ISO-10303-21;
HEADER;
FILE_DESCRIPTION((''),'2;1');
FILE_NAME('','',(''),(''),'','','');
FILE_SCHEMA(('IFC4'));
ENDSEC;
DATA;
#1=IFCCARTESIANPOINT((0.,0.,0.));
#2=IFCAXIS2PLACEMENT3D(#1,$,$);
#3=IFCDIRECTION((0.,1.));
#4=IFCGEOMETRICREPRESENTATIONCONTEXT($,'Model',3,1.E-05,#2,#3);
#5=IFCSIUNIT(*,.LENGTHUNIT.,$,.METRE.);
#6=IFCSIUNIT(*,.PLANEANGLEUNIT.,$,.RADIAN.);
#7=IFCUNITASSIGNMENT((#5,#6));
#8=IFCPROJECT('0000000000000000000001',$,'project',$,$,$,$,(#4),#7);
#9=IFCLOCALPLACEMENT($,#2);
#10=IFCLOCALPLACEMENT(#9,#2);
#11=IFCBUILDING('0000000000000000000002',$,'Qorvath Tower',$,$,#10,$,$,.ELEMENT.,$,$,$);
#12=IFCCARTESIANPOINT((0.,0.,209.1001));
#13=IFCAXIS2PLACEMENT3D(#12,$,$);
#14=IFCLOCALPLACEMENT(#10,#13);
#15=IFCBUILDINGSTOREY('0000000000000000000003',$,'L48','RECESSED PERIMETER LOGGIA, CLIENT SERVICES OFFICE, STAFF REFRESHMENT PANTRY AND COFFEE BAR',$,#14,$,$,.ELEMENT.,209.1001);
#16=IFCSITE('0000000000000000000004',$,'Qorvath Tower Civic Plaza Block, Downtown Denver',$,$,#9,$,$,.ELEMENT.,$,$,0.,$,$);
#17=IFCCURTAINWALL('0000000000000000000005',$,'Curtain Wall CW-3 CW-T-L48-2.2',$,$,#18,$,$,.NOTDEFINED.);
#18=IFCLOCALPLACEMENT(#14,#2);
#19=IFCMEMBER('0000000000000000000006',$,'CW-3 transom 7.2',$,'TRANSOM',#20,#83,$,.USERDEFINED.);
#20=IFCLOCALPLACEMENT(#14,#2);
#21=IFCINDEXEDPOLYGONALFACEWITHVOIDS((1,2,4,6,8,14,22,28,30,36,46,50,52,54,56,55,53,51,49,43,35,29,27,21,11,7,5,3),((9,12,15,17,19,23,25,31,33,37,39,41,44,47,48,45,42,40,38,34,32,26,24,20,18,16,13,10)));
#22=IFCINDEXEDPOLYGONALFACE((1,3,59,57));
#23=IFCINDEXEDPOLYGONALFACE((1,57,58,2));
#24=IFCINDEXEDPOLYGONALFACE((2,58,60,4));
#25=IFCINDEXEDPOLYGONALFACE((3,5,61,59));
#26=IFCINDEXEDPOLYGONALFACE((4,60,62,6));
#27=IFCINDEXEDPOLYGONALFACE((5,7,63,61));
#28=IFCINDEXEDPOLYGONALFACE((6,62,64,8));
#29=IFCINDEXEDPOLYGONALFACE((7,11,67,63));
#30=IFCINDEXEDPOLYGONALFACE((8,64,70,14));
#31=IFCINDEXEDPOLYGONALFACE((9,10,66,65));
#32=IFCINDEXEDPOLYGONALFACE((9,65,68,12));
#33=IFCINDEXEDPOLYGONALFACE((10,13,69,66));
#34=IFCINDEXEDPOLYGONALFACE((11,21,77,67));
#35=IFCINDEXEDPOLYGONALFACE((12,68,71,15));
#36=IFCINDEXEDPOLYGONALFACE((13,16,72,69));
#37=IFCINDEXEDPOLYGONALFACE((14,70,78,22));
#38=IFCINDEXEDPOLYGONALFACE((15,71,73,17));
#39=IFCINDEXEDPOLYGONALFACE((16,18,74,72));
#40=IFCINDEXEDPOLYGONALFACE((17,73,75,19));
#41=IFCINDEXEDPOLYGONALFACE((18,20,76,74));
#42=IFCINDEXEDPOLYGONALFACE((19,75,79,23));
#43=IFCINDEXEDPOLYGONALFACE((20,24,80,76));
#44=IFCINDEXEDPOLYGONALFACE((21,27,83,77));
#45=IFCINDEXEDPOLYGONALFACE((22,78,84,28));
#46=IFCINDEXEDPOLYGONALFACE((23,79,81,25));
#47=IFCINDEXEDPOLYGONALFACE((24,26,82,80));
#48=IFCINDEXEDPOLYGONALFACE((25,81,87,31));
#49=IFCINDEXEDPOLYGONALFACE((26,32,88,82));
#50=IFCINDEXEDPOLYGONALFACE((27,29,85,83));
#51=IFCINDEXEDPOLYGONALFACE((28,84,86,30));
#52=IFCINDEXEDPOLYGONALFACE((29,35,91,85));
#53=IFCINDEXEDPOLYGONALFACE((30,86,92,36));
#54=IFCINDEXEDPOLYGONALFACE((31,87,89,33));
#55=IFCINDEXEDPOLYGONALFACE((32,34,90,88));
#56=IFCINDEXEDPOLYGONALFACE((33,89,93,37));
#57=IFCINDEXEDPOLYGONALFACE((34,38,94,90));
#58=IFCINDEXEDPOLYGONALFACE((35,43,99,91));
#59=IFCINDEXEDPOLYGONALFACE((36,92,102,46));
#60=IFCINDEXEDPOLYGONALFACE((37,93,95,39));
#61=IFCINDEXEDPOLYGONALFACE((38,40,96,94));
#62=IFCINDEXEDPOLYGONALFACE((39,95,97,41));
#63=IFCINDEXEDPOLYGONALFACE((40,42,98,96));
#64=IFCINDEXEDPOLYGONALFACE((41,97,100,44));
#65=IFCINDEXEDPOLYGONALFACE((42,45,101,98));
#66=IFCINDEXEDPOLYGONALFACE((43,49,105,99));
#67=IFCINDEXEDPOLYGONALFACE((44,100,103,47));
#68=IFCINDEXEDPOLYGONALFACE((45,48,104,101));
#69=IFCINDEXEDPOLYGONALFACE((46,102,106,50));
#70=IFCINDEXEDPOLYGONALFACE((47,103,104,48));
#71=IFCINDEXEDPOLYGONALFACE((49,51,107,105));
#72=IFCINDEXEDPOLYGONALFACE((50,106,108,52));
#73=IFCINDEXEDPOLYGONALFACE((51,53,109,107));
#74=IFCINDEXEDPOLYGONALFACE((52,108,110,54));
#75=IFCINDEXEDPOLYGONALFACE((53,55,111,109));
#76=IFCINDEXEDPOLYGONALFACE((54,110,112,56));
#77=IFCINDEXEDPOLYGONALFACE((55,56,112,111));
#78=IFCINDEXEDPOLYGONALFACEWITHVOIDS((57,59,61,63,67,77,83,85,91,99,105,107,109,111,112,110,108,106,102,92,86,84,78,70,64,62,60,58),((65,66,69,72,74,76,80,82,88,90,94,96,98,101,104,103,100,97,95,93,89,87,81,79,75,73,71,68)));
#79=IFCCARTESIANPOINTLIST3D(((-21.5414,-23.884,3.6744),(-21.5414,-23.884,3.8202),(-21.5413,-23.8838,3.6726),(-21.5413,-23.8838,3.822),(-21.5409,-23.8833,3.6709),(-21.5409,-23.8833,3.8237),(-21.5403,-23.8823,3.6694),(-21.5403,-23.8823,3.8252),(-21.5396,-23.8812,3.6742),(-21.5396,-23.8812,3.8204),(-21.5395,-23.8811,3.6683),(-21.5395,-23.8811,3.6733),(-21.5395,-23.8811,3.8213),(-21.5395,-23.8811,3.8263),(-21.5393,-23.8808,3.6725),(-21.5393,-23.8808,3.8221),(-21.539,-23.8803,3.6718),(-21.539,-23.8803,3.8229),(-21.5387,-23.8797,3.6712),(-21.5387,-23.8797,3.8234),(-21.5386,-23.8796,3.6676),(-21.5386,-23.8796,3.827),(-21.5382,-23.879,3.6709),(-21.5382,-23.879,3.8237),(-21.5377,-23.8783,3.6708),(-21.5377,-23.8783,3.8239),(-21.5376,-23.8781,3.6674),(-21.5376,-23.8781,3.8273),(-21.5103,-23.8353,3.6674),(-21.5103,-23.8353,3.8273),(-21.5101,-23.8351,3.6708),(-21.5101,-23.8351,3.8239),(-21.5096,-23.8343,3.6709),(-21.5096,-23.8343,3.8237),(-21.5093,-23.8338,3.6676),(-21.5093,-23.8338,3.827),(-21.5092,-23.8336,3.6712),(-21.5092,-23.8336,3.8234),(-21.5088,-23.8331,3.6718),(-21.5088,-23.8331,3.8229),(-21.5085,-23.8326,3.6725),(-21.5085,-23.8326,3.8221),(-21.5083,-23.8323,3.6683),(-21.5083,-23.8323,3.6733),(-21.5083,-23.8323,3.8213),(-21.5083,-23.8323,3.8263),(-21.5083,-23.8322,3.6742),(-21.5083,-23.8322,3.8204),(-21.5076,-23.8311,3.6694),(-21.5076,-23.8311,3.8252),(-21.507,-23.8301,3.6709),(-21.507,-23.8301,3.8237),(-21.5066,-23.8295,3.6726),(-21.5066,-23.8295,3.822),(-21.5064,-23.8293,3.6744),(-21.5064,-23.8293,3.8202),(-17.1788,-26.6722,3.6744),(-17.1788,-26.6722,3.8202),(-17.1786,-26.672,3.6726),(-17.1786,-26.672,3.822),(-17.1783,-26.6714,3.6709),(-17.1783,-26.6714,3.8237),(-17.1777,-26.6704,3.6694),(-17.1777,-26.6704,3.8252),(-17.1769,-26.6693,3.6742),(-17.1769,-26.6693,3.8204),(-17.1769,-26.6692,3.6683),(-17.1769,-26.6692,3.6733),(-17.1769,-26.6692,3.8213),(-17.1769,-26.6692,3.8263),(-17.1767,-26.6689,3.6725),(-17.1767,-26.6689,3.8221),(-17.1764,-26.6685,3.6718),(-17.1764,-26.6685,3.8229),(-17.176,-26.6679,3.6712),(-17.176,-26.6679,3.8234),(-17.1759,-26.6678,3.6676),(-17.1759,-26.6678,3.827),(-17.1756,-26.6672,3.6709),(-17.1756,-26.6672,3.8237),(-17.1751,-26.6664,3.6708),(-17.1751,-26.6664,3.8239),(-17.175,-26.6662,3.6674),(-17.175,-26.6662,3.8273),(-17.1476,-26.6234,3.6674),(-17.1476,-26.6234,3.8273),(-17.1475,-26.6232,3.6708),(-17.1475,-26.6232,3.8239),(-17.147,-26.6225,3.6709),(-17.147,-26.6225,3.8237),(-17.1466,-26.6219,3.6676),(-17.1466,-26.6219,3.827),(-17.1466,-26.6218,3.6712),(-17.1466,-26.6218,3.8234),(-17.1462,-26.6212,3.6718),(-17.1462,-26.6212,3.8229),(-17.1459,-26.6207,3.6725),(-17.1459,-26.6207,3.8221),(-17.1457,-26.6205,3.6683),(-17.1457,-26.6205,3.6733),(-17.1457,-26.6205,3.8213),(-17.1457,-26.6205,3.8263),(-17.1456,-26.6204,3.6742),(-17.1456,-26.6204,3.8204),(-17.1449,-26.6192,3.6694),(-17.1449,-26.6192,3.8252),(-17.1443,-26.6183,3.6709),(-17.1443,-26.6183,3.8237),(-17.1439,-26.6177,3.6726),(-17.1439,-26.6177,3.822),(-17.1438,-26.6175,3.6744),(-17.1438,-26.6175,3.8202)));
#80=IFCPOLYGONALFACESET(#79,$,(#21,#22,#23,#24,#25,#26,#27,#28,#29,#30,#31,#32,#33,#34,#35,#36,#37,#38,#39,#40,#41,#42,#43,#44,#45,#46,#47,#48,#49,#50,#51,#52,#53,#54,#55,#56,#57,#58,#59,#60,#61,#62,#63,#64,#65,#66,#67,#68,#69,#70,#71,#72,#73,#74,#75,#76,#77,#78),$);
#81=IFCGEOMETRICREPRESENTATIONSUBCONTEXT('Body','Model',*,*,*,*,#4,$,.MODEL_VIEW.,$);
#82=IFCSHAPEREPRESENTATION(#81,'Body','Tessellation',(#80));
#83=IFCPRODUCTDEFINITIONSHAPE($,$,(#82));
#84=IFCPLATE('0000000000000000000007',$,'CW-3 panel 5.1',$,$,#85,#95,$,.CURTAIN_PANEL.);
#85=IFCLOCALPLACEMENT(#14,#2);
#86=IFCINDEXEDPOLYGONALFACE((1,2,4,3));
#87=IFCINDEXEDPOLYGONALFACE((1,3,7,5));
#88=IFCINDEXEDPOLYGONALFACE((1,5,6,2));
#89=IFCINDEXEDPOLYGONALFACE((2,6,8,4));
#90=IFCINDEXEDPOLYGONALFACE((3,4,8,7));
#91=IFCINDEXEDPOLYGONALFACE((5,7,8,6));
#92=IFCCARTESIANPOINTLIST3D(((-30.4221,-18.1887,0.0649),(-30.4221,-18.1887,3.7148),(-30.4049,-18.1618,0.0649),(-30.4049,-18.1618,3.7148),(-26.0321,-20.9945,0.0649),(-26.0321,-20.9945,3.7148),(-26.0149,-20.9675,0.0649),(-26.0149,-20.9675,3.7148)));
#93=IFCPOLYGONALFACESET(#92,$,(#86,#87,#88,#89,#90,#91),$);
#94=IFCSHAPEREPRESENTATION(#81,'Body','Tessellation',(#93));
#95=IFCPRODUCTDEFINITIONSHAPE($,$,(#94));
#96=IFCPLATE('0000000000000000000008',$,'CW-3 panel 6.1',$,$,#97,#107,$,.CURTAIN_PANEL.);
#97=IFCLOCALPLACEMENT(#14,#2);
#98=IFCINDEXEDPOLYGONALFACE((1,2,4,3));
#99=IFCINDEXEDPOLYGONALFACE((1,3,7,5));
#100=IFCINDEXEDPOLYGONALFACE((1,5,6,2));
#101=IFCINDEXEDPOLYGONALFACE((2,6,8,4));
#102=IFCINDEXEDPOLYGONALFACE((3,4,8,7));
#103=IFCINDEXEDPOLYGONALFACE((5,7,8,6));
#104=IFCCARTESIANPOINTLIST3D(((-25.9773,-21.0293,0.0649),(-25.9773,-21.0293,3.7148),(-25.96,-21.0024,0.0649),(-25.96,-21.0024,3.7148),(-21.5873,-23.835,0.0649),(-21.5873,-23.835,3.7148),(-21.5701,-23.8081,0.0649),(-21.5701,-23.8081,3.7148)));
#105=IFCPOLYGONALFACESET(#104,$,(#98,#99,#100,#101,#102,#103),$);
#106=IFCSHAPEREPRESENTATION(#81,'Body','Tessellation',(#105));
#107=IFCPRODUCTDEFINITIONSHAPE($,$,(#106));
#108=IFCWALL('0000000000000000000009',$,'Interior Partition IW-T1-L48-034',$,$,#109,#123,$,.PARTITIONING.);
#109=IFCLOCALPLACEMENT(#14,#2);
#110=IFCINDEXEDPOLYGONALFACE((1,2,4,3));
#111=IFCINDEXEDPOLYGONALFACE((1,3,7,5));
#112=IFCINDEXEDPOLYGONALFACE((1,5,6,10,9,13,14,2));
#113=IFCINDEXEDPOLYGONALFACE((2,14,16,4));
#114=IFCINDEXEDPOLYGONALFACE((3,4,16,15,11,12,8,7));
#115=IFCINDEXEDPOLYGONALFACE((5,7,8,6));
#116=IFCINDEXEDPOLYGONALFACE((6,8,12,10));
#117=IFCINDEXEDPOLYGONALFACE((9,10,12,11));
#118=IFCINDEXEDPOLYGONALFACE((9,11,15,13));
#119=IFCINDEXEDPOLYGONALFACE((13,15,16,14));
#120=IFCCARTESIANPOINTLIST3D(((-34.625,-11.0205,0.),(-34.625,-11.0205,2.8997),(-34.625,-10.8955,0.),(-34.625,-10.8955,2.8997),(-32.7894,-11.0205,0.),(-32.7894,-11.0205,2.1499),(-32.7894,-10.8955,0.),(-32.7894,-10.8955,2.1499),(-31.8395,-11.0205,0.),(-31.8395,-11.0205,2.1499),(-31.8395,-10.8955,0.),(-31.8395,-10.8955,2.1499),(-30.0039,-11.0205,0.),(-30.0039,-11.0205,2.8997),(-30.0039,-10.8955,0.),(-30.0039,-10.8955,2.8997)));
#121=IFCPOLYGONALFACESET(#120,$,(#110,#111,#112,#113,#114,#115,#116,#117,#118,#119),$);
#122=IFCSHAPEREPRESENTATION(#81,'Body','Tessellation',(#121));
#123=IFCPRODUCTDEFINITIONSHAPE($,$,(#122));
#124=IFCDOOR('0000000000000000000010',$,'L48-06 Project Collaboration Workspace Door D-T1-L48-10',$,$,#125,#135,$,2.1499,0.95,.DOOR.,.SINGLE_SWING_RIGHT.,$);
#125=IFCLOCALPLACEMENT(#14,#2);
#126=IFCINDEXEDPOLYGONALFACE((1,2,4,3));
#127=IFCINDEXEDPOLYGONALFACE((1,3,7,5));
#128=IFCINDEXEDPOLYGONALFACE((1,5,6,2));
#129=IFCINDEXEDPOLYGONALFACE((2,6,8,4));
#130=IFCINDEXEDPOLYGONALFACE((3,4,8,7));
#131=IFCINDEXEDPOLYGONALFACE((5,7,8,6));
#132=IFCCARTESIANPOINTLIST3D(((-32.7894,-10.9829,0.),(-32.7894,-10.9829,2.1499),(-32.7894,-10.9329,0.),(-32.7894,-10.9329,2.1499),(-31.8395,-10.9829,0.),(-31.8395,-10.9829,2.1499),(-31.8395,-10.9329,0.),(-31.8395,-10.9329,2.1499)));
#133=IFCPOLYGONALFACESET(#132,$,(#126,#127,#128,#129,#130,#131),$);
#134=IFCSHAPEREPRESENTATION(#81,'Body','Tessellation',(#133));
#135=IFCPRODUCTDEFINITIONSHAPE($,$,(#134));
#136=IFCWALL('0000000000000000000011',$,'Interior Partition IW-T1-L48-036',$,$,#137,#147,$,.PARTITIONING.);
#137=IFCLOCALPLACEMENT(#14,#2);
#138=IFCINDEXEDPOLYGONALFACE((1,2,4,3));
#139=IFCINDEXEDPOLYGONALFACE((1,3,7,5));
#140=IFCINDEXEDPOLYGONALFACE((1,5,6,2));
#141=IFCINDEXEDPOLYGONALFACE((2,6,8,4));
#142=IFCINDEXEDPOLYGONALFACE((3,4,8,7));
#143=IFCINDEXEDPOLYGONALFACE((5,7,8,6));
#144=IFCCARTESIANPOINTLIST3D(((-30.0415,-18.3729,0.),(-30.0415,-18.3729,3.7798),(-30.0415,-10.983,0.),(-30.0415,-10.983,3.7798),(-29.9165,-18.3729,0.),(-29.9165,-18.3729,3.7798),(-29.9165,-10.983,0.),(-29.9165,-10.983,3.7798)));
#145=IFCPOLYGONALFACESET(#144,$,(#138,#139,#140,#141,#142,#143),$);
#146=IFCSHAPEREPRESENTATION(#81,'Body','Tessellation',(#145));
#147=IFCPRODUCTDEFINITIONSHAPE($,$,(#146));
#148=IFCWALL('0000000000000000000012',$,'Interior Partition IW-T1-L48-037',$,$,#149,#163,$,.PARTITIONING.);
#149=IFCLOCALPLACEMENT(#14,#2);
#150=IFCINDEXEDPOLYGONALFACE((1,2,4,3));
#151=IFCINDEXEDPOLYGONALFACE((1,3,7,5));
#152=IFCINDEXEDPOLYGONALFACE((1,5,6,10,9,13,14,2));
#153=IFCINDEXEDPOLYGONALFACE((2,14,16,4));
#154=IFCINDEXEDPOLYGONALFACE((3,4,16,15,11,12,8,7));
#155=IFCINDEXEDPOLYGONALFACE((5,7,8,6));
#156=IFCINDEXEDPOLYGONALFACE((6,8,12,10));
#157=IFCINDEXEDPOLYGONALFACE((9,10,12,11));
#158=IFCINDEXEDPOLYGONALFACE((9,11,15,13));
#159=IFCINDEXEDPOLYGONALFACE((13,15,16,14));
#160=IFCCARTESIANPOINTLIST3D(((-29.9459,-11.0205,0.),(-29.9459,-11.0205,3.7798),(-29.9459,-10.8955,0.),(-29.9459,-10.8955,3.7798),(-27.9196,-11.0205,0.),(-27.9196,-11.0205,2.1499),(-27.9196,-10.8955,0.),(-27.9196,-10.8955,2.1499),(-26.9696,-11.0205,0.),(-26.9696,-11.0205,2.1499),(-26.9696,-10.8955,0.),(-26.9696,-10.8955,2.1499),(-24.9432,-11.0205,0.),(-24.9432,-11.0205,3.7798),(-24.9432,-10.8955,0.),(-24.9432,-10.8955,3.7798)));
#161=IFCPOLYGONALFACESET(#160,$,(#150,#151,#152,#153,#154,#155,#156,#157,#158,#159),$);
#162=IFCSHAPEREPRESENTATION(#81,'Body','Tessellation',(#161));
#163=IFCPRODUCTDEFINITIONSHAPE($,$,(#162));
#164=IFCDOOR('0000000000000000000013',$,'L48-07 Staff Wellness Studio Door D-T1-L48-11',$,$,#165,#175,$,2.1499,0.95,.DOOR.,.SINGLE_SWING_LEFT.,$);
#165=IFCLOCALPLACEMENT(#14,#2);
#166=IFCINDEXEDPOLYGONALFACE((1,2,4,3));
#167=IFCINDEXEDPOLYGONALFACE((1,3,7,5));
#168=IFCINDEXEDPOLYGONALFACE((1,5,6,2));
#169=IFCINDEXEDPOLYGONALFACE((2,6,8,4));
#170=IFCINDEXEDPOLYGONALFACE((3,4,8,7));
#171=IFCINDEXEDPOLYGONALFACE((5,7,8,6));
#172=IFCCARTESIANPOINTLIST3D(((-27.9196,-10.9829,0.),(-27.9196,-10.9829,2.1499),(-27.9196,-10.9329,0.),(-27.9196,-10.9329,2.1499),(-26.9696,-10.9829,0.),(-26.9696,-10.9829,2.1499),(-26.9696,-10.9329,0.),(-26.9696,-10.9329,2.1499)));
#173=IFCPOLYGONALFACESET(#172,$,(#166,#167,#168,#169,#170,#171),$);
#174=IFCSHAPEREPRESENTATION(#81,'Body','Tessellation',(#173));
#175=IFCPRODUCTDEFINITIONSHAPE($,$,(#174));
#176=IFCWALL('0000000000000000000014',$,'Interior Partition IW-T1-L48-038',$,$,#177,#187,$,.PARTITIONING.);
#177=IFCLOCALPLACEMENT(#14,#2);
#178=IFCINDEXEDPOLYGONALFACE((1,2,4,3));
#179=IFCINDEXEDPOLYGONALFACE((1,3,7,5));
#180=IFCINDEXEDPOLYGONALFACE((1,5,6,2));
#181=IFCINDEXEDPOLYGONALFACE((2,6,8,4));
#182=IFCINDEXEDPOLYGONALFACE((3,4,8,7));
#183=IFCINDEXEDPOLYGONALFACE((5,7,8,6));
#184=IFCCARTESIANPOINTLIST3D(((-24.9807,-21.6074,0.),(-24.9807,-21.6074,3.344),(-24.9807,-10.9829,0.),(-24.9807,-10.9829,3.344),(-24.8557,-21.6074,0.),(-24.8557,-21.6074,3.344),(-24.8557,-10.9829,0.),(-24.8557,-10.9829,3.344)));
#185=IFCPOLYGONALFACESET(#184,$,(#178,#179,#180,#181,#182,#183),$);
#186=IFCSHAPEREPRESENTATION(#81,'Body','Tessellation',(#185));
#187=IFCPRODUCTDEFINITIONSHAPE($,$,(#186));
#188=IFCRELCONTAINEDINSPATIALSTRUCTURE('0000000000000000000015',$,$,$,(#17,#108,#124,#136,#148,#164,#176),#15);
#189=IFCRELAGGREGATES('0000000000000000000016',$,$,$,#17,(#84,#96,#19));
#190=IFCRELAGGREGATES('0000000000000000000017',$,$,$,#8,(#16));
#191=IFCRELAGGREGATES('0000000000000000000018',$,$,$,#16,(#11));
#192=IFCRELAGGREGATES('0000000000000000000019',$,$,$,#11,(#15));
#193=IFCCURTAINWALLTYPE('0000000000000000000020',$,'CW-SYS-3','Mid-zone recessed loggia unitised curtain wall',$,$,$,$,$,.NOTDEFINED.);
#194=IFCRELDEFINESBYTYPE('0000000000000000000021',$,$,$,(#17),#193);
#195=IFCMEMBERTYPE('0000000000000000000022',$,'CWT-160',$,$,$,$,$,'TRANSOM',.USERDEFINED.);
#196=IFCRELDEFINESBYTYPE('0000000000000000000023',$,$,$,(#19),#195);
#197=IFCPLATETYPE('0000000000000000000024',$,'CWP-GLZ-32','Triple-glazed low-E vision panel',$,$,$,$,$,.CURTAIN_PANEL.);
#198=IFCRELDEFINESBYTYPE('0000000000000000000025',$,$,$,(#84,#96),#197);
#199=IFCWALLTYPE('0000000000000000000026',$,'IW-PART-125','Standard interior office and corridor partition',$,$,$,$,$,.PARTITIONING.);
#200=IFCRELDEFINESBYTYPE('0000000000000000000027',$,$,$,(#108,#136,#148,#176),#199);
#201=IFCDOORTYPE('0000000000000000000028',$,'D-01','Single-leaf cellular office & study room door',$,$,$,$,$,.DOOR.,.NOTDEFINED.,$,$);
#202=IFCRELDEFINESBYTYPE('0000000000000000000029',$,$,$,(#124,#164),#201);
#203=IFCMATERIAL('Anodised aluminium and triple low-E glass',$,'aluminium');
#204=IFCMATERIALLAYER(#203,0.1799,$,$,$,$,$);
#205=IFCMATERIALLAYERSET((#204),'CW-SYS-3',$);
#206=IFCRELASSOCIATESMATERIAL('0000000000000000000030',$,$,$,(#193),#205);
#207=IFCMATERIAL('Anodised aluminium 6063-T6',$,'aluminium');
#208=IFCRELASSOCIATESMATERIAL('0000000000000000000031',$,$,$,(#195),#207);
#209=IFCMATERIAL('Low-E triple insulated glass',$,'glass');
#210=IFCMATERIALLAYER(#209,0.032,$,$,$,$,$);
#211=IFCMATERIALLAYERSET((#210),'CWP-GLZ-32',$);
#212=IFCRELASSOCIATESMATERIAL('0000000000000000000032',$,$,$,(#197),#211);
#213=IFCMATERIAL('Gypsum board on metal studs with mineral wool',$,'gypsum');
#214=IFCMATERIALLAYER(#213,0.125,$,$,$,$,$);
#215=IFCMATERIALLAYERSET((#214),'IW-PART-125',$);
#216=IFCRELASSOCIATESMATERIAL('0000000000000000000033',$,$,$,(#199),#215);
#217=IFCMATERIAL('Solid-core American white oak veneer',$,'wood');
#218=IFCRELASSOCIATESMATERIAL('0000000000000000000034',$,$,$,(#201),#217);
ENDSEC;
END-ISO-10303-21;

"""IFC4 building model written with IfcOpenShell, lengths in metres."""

from ifc_helpers import new_model, si_unit, direction, frame, frame_2d, origin, origin_2d, place, context, subcontext, project, spatial, rectangle, hollow_rectangle, extrude, material, layer, layer_set, material_profile, profile_set, type_object, element, fill, aggregate, save


model = new_model("IFC4")

# Units and contexts
model_context = context("Model", 3, precision=1e-05, world=origin(), true_north=direction((0.0, 1.0)))
body_context = subcontext(model_context, "Body", "Model", "MODEL_VIEW")
ifc_project = project(units=[si_unit("LENGTHUNIT", "METRE"), si_unit("PLANEANGLEUNIT", "RADIAN")], contexts=[model_context])

# Site, building, storey
site_placement = place(None, origin())
site = spatial("IfcSite", under=ifc_project, at=site_placement, Name="Qorvath Tower Civic Plaza Block, Downtown Denver", CompositionType="ELEMENT", RefElevation=0.0)
building_placement = place(site_placement, origin())
building = spatial("IfcBuilding", under=site, at=building_placement, Name="Qorvath Tower", CompositionType="ELEMENT")
storey_placement = place(building_placement, frame((0.0, 0.0, 209.1001)))
storey = spatial("IfcBuildingStorey", under=building, at=storey_placement, Name="L48", Description="RECESSED PERIMETER LOGGIA, CLIENT SERVICES OFFICE, STAFF REFRESHMENT PANTRY AND COFFEE BAR", CompositionType="ELEMENT", Elevation=209.1001)

# Curtain wall, member, plates
ifc_material_1 = material(Name="Anodised aluminium and triple low-E glass", Category="aluminium")
ifc_layer_1 = layer(ifc_material_1, 0.1799)
ifc_layer_set_1 = layer_set([ifc_layer_1], Name="CW-SYS-3")
curtain_wall_type = type_object("IfcCurtainWallType", Name="CW-SYS-3", Description="Mid-zone recessed loggia unitised curtain wall", PredefinedType="NOTDEFINED", material=ifc_layer_set_1)
curtain_wall_placement = place(storey_placement, origin())
curtain_wall = element("IfcCurtainWall", 1, at=curtain_wall_placement, inside=storey, type_object=curtain_wall_type, Name="Curtain Wall CW-3 CW-T-L48-2.2", PredefinedType="NOTDEFINED")
ifc_material_2 = material(Name="Anodised aluminium 6063-T6", Category="aluminium")
ifc_material_profile_1 = material_profile(ifc_material_2, hollow_rectangle(XDim=0.0649, YDim=0.1599, WallThickness=0.0034, InnerFilletRadius=0.0034, OuterFilletRadius=0.0071, at=origin_2d()), Name="CWT 160x65")
ifc_profile_set_1 = profile_set([ifc_material_profile_1], Name="Anodised aluminium 6063-T6")
member_type_1 = type_object("IfcMemberType", Name="CWT-160", ElementType="TRANSOM", PredefinedType="USERDEFINED", material=ifc_profile_set_1)
member_1_placement = place(storey_placement, frame((-21.5239, -23.8567, 3.7473), z_axis=(0.842617, -0.538513, 0.0), x_axis=(0.538513, 0.842617, 0.0)))
member_1 = element("IfcMember", 2, at=member_1_placement, type_object=member_type_1, Name="CW-3 transom 7.2", ObjectType="TRANSOM", PredefinedType="USERDEFINED", context=body_context, shape_type="SweptSolid", body=[
    extrude(hollow_rectangle(XDim=0.0649, YDim=0.1599, WallThickness=0.0034, InnerFilletRadius=0.0034, OuterFilletRadius=0.0071, at=origin_2d()), origin(), (0.0, 0.0, 1.0), 5.1775),
])
ifc_material_3 = material(Name="Low-E triple insulated glass", Category="glass")
ifc_layer_2 = layer(ifc_material_3, 0.032)
ifc_layer_set_2 = layer_set([ifc_layer_2], Name="CWP-GLZ-32")
plate_type = type_object("IfcPlateType", Name="CWP-GLZ-32", Description="Triple-glazed low-E vision panel", PredefinedType="CURTAIN_PANEL", material=ifc_layer_set_2)
plate_1_placement = place(storey_placement, frame((-28.2185, -19.5781, 0.0649), z_axis=(0.0, 0.0, 1.0), x_axis=(0.842605, -0.538533, 0.0)))
plate_1 = element("IfcPlate", 3, at=plate_1_placement, type_object=plate_type, Name="CW-3 panel 5.1", PredefinedType="CURTAIN_PANEL", context=body_context, shape_type="SweptSolid", body=[
    extrude(rectangle(XDim=5.21, YDim=0.032, at=origin_2d()), origin(), (0.0, 0.0, 1.0), 3.6499),
])
plate_2_placement = place(storey_placement, frame((-23.7737, -22.4187, 0.0649), z_axis=(0.0, 0.0, 1.0), x_axis=(0.842605, -0.538533, 0.0)))
plate_2 = element("IfcPlate", 4, at=plate_2_placement, type_object=plate_type, Name="CW-3 panel 6.1", PredefinedType="CURTAIN_PANEL", context=body_context, shape_type="SweptSolid", body=[
    extrude(rectangle(XDim=5.21, YDim=0.032, at=origin_2d()), origin(), (0.0, 0.0, 1.0), 3.6499),
])
aggregate(curtain_wall, [plate_1, plate_2, member_1])

# Wall, opening, door
ifc_material_4 = material(Name="Gypsum board on metal studs with mineral wool", Category="gypsum")
ifc_layer_3 = layer(ifc_material_4, 0.125)
ifc_layer_set_3 = layer_set([ifc_layer_3], Name="IW-PART-125")
wall_type = type_object("IfcWallType", Name="IW-PART-125", Description="Standard interior office and corridor partition", PredefinedType="PARTITIONING", material=ifc_layer_set_3)
wall_1_placement = place(storey_placement, frame((-30.0039, -10.958, 0.0), z_axis=(0.0, 0.0, 1.0), x_axis=(-1.0, 0.0, 0.0)))
wall_1 = element("IfcWall", 5, at=wall_1_placement, inside=storey, type_object=wall_type, Name="Interior Partition IW-T1-L48-034", PredefinedType="PARTITIONING", context=body_context, shape_type="SweptSolid", body=[
    extrude(rectangle(XDim=4.6211, YDim=0.125, at=frame_2d((2.3105, 0.0))), origin(), (0.0, 0.0, 1.0), 2.8997),
])
opening_1_placement = place(wall_1_placement, frame((1.8354, 0.0, 0.0)))
opening_1 = element("IfcOpeningElement", 6, at=opening_1_placement, cuts=wall_1, PredefinedType="OPENING", context=body_context, shape_type="SweptSolid", body=[
    extrude(rectangle(XDim=0.95, YDim=2.1499, at=frame_2d((0.4751, 1.075))), frame((0.0, 0.0725, 0.0), z_axis=(0.0, -1.0, 0.0), x_axis=(1.0, 0.0, 0.0)), (0.0, 0.0, 1.0), 0.145),
])
ifc_material_5 = material(Name="Solid-core American white oak veneer", Category="wood")
door_type = type_object("IfcDoorType", Name="D-01", Description="Single-leaf cellular office & study room door", OperationType="NOTDEFINED", PredefinedType="DOOR", material=ifc_material_5)
door_1_placement = place(opening_1_placement, origin())
door_1 = element("IfcDoor", 7, at=door_1_placement, inside=storey, type_object=door_type, Name="L48-06 Project Collaboration Workspace Door D-T1-L48-10", OperationType="SINGLE_SWING_RIGHT", OverallHeight=2.1499, OverallWidth=0.95, PredefinedType="DOOR", context=body_context, shape_type="SweptSolid", body=[
    extrude(rectangle(XDim=0.95, YDim=2.1499, at=frame_2d((0.4751, 1.075))), frame((0.0, 0.0249, 0.0), z_axis=(0.0, -1.0, 0.0), x_axis=(1.0, 0.0, 0.0)), (0.0, 0.0, 1.0), 0.05),
])
fill(opening_1, door_1)

# Wall
wall_2_placement = place(storey_placement, frame((-29.979, -18.3728, 0.0), z_axis=(0.0, 0.0, 1.0), x_axis=(0.0, 1.0, 0.0)))
element("IfcWall", 8, at=wall_2_placement, inside=storey, type_object=wall_type, Name="Interior Partition IW-T1-L48-036", PredefinedType="PARTITIONING", context=body_context, shape_type="SweptSolid", body=[
    extrude(rectangle(XDim=7.3899, YDim=0.125, at=frame_2d((3.6948, 0.0))), origin(), (0.0, 0.0, 1.0), 3.7798),
])

# Wall, opening, door
wall_3_placement = place(storey_placement, frame((-24.9431, -10.958, 0.0), z_axis=(0.0, 0.0, 1.0), x_axis=(-1.0, 0.0, 0.0)))
wall_3 = element("IfcWall", 9, at=wall_3_placement, inside=storey, type_object=wall_type, Name="Interior Partition IW-T1-L48-037", PredefinedType="PARTITIONING", context=body_context, shape_type="SweptSolid", body=[
    extrude(rectangle(XDim=5.0027, YDim=0.125, at=frame_2d((2.5015, 0.0))), origin(), (0.0, 0.0, 1.0), 3.7798),
])
opening_2_placement = place(wall_3_placement, frame((2.0264, 0.0, 0.0)))
opening_2 = element("IfcOpeningElement", 10, at=opening_2_placement, cuts=wall_3, PredefinedType="OPENING", context=body_context, shape_type="SweptSolid", body=[
    extrude(rectangle(XDim=0.95, YDim=2.1499, at=frame_2d((0.4751, 1.075))), frame((0.0, 0.0725, 0.0), z_axis=(0.0, -1.0, 0.0), x_axis=(1.0, 0.0, 0.0)), (0.0, 0.0, 1.0), 0.145),
])
door_2_placement = place(opening_2_placement, origin())
door_2 = element("IfcDoor", 11, at=door_2_placement, inside=storey, type_object=door_type, Name="L48-07 Staff Wellness Studio Door D-T1-L48-11", OperationType="SINGLE_SWING_LEFT", OverallHeight=2.1499, OverallWidth=0.95, PredefinedType="DOOR", context=body_context, shape_type="SweptSolid", body=[
    extrude(rectangle(XDim=0.95, YDim=2.1499, at=frame_2d((0.4751, 1.075))), frame((0.0, 0.0249, 0.0), z_axis=(0.0, -1.0, 0.0), x_axis=(1.0, 0.0, 0.0)), (0.0, 0.0, 1.0), 0.05),
])
fill(opening_2, door_2)

# Wall
wall_4_placement = place(storey_placement, frame((-24.9182, -21.6074, 0.0), z_axis=(0.0, 0.0, 1.0), x_axis=(0.0, 1.0, 0.0)))
element("IfcWall", 12, at=wall_4_placement, inside=storey, type_object=wall_type, Name="Interior Partition IW-T1-L48-038", PredefinedType="PARTITIONING", context=body_context, shape_type="SweptSolid", body=[
    extrude(rectangle(XDim=10.6245, YDim=0.125, at=frame_2d((5.3123, 0.0))), origin(), (0.0, 0.0, 1.0), 3.344),
])

save(model, "model.ifc")
